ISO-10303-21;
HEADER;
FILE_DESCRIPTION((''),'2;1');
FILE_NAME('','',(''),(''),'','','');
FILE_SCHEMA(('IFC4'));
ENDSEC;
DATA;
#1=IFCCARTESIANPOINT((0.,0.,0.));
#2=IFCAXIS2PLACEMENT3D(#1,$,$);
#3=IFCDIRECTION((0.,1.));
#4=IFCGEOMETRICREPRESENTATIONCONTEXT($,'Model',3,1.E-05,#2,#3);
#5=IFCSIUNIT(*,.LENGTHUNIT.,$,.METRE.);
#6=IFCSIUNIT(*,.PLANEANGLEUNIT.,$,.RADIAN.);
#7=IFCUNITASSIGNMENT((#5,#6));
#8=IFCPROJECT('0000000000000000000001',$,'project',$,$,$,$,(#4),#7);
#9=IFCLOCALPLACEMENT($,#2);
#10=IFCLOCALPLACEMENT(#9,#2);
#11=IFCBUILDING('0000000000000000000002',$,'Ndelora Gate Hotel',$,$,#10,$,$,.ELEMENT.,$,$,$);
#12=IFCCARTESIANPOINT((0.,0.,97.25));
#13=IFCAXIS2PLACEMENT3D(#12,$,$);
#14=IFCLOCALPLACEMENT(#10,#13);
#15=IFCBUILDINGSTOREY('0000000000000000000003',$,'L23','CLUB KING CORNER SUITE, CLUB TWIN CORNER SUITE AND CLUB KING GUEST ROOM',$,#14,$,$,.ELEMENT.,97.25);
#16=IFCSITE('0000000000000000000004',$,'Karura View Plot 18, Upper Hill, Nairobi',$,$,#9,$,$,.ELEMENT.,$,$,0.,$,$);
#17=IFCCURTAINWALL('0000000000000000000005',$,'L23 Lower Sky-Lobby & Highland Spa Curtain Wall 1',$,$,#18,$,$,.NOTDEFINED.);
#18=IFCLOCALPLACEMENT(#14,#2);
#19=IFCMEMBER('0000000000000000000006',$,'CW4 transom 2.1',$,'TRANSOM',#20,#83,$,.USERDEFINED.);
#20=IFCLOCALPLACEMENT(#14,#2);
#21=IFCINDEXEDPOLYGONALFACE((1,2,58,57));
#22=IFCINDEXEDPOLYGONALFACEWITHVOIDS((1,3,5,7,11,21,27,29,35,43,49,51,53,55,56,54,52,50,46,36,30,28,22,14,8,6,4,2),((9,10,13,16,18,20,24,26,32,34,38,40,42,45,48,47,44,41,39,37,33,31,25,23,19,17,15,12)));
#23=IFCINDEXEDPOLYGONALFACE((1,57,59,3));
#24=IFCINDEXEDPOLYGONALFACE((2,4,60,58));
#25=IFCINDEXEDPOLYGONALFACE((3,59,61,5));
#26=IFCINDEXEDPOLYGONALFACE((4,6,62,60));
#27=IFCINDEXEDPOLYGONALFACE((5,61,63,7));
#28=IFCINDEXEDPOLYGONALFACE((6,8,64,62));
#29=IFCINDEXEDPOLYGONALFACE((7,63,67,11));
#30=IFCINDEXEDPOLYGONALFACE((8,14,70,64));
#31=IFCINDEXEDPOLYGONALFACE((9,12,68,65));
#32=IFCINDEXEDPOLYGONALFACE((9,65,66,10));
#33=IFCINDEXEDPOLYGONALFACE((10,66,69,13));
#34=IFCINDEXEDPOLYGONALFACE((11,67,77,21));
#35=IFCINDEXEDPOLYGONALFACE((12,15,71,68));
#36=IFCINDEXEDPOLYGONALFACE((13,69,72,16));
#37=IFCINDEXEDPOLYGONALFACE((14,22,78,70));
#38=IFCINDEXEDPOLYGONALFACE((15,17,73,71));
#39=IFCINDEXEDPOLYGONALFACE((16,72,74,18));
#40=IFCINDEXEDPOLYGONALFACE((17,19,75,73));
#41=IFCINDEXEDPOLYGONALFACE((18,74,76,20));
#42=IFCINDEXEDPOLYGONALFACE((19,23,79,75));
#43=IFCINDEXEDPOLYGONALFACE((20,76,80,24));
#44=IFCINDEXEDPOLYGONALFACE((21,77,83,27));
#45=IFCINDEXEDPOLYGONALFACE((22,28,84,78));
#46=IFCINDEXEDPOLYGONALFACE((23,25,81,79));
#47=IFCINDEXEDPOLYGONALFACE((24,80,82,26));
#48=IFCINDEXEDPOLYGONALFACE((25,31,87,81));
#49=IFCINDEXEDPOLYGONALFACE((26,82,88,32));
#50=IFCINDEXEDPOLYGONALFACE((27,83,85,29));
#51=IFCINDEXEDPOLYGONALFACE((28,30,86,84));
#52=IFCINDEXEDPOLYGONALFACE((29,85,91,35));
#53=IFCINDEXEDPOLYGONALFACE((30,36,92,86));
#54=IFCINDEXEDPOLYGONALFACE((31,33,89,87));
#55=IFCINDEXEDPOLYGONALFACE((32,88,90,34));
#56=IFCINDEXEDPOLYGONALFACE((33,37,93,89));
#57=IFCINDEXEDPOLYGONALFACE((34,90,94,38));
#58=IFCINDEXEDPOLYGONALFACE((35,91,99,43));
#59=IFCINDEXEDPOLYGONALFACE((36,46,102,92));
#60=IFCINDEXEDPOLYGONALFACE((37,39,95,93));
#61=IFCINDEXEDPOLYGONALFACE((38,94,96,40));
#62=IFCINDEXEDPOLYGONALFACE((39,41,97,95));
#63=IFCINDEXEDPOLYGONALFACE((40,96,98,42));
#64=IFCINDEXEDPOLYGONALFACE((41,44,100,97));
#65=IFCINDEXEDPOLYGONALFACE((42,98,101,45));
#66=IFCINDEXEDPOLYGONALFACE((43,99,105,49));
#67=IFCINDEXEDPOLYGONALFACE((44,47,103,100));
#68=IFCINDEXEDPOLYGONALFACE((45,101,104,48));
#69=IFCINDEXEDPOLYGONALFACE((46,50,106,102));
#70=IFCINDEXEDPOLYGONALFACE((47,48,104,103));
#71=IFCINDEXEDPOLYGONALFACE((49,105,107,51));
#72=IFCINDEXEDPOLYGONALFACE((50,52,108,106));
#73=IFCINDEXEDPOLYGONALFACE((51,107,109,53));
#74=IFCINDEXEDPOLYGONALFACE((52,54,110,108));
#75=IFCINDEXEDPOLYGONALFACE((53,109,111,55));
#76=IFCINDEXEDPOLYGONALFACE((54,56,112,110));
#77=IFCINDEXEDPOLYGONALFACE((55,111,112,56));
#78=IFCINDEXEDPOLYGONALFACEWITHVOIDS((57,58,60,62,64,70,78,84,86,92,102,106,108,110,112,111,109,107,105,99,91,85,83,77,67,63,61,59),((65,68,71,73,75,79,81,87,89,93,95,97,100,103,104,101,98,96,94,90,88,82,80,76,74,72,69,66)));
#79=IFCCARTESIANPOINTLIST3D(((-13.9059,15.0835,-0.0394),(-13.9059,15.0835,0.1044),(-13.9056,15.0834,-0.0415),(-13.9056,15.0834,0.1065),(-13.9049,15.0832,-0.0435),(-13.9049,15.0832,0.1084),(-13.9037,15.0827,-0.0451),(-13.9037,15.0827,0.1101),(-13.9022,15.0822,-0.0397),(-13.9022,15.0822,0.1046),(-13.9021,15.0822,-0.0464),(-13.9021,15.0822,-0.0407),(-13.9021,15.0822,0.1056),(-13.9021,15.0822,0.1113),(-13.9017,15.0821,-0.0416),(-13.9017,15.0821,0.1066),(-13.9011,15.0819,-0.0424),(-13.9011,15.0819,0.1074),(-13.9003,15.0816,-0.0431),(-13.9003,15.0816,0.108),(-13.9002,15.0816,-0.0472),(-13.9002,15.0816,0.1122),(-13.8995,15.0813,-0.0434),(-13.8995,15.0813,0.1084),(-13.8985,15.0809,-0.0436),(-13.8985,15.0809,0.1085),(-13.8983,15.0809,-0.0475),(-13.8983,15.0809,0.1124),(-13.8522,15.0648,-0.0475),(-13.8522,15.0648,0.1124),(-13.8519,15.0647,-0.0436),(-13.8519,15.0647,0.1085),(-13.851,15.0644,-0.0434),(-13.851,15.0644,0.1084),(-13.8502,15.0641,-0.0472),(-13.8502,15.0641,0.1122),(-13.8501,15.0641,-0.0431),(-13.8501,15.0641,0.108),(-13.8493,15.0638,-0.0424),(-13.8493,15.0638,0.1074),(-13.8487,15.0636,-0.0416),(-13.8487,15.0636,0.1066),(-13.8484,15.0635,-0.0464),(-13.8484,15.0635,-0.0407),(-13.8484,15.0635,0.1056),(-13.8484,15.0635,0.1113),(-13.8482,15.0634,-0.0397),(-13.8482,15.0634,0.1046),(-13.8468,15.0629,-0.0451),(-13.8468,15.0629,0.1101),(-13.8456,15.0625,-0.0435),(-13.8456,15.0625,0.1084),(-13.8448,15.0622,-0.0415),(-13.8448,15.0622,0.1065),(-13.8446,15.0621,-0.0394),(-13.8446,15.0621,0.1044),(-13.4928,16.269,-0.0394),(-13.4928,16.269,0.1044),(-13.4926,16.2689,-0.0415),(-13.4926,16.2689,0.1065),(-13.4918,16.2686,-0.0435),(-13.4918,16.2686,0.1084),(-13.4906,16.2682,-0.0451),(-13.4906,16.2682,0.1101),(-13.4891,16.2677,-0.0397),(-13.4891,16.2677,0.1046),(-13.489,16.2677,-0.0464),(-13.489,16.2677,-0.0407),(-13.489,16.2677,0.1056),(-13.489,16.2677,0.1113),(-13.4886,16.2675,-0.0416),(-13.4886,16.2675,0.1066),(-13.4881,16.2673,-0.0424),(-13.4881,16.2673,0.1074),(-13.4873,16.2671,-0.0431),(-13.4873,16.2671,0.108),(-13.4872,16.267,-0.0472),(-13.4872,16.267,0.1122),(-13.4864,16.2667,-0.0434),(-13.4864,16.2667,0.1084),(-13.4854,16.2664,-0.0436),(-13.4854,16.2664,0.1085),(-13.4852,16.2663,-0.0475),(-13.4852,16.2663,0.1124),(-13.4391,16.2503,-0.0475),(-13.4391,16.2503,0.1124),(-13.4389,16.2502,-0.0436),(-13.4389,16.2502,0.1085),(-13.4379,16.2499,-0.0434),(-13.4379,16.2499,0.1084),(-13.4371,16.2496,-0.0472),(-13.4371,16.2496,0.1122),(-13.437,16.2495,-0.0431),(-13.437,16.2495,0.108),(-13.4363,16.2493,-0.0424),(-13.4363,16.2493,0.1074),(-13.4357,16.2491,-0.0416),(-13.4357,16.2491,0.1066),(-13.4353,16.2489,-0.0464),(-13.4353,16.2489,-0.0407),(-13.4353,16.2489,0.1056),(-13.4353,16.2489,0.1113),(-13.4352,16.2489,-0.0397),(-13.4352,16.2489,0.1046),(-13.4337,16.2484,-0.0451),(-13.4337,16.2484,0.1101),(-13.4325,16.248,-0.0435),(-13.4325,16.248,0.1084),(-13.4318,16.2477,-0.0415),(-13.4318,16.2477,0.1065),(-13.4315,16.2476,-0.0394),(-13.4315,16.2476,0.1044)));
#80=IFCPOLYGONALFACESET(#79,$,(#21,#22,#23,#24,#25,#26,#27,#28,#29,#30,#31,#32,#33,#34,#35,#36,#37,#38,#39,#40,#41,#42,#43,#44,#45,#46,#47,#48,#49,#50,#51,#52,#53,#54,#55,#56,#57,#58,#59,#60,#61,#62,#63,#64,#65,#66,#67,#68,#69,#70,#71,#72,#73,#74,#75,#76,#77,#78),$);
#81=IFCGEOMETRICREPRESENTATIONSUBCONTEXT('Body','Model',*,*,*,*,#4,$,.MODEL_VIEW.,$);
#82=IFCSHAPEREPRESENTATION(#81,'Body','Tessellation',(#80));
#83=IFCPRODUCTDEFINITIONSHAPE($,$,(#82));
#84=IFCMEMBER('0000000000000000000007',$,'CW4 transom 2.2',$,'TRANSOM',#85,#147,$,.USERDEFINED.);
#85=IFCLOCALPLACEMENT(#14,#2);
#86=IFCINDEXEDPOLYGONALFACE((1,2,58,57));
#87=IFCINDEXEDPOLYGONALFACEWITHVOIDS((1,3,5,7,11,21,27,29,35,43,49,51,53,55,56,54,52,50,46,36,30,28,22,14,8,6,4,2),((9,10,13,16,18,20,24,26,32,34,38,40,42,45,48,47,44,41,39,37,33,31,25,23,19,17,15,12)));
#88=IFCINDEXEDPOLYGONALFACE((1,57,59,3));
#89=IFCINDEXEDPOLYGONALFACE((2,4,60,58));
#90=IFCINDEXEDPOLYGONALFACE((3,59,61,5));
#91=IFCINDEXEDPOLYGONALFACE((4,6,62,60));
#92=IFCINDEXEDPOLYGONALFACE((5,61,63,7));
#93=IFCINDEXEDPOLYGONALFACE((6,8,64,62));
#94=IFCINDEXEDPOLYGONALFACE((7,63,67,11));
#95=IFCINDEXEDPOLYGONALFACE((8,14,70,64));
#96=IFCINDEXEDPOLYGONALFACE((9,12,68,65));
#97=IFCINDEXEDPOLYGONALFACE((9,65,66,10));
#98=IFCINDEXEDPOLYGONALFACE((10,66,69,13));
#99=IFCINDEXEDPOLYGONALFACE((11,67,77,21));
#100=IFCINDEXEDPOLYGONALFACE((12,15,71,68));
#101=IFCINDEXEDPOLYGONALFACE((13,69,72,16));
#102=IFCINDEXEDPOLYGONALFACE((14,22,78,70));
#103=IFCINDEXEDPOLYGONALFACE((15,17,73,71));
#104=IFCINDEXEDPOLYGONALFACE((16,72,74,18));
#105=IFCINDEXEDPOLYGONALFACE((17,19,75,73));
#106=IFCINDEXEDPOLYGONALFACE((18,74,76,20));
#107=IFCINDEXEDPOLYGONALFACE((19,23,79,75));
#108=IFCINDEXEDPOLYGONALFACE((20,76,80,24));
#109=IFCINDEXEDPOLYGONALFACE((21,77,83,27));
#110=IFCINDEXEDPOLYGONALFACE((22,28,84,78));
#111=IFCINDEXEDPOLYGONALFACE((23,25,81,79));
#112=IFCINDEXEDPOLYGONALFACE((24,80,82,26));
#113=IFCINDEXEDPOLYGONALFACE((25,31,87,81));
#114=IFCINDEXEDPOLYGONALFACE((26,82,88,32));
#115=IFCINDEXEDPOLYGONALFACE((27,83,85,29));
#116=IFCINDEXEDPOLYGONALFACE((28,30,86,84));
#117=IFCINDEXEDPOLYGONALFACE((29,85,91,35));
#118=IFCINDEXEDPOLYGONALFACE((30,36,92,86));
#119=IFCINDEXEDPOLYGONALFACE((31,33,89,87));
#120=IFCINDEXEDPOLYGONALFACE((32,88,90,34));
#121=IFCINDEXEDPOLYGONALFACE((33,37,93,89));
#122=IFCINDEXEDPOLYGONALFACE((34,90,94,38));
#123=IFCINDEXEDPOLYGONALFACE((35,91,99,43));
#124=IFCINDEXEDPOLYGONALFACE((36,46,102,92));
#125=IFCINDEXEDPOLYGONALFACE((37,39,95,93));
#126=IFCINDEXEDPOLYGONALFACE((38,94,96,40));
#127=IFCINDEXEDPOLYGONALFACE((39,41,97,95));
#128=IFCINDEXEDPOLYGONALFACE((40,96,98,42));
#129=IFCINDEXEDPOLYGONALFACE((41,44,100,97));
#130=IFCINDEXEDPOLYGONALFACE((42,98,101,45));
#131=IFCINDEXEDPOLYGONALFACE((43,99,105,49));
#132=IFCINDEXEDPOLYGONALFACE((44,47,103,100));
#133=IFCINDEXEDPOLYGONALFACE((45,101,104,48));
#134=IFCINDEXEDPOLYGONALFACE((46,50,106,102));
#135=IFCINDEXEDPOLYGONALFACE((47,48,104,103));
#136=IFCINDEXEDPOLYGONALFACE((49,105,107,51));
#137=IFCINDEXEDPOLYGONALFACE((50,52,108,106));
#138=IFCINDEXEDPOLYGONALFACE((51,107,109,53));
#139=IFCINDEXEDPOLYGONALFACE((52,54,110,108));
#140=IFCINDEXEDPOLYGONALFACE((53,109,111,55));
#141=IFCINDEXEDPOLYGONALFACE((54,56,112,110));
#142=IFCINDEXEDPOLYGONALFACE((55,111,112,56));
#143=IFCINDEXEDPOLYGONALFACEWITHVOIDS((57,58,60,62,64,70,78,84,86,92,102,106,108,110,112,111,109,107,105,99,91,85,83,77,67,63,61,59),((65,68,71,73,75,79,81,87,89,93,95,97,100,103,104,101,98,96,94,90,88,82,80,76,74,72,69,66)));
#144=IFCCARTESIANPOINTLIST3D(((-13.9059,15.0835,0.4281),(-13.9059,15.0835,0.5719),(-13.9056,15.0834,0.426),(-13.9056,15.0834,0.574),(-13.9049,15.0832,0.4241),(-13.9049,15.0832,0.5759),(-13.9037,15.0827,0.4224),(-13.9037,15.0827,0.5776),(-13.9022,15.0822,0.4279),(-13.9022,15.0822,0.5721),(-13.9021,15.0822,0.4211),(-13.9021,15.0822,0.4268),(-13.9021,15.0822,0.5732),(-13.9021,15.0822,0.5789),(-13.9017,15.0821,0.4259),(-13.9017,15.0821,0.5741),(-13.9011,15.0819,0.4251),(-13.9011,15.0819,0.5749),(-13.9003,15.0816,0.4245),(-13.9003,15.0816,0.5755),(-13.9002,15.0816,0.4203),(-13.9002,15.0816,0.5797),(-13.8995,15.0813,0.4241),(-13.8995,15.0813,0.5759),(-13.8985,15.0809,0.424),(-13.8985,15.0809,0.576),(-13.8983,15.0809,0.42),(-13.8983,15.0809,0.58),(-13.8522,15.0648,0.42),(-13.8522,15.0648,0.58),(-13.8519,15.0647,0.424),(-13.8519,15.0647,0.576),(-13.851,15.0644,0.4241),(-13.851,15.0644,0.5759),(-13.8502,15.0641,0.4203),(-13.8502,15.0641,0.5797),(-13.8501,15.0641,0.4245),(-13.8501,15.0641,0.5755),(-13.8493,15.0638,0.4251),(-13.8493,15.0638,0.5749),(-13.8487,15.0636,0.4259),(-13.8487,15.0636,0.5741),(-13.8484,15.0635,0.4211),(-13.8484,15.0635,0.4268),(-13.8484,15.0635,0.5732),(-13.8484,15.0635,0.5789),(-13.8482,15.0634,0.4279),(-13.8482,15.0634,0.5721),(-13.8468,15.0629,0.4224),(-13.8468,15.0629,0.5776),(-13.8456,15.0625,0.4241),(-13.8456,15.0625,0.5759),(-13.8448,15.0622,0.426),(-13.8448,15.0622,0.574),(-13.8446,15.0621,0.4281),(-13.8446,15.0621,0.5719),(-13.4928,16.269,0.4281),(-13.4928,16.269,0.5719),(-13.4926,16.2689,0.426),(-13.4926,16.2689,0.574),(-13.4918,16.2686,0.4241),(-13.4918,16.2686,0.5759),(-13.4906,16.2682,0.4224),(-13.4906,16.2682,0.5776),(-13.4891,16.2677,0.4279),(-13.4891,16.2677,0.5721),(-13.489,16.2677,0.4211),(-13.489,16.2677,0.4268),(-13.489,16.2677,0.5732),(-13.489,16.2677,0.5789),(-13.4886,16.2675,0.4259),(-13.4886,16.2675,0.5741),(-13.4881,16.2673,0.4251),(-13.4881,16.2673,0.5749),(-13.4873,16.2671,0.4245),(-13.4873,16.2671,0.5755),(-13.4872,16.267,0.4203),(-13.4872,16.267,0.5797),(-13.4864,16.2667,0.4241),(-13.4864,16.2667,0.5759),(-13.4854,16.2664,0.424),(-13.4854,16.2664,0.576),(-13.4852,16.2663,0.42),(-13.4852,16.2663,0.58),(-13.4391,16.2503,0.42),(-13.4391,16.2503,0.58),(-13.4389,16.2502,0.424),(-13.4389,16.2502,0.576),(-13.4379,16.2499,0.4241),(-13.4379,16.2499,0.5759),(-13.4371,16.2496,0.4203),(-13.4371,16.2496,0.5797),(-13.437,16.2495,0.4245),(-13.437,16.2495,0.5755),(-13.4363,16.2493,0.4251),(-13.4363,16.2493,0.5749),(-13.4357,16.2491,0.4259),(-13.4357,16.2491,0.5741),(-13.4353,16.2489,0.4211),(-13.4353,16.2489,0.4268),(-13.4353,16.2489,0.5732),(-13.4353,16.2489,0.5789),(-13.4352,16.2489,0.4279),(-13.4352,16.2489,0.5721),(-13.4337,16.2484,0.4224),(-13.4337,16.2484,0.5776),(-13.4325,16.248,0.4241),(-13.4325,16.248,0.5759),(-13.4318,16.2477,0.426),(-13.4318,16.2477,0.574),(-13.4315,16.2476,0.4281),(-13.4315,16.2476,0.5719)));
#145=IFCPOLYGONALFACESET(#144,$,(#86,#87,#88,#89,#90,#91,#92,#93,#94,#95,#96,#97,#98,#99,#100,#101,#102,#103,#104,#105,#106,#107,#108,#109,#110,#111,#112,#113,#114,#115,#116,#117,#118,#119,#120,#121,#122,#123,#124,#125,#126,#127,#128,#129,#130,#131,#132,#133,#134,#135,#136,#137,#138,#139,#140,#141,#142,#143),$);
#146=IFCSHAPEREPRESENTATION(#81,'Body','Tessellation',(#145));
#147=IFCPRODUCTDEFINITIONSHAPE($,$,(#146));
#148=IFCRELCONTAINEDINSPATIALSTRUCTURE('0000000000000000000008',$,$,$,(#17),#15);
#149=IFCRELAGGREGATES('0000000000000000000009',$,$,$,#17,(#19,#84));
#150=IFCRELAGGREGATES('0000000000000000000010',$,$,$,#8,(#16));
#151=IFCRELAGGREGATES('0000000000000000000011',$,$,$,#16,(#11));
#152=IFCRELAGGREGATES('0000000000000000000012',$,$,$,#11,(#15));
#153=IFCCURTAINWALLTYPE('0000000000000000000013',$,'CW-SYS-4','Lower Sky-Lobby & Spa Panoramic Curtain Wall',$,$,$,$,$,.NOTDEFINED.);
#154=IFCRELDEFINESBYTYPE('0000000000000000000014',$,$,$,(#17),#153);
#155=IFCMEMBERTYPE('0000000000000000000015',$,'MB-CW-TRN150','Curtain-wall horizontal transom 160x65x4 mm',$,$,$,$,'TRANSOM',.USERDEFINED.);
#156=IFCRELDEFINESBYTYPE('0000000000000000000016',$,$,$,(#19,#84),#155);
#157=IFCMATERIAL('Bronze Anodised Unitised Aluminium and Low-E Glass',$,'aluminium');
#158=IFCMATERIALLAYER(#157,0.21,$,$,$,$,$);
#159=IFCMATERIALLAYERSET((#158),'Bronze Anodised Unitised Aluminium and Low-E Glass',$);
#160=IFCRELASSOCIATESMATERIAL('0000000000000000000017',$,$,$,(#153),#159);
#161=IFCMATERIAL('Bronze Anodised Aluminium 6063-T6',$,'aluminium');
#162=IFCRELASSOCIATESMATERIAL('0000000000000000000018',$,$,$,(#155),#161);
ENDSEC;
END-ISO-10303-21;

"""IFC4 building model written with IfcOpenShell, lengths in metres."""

from ifc_helpers import new_model, si_unit, direction, frame, origin, origin_2d, place, context, subcontext, project, spatial, hollow_rectangle, extrude, material, layer, layer_set, material_profile, profile_set, type_object, element, aggregate, save


model = new_model("IFC4")

# Units and contexts
model_context = context("Model", 3, precision=1e-05, world=origin(), true_north=direction((0.0, 1.0)))
body_context = subcontext(model_context, "Body", "Model", "MODEL_VIEW")
ifc_project = project(units=[si_unit("LENGTHUNIT", "METRE"), si_unit("PLANEANGLEUNIT", "RADIAN")], contexts=[model_context])

# Site, building, storey
site_placement = place(None, origin())
site = spatial("IfcSite", under=ifc_project, at=site_placement, Name="Karura View Plot 18, Upper Hill, Nairobi", CompositionType="ELEMENT", RefElevation=0.0)
building_placement = place(site_placement, origin())
building = spatial("IfcBuilding", under=site, at=building_placement, Name="Ndelora Gate Hotel", CompositionType="ELEMENT")
storey_placement = place(building_placement, frame((0.0, 0.0, 97.25)))
storey = spatial("IfcBuildingStorey", under=building, at=storey_placement, Name="L23", Description="CLUB KING CORNER SUITE, CLUB TWIN CORNER SUITE AND CLUB KING GUEST ROOM", CompositionType="ELEMENT", Elevation=97.25)

# Curtain wall, members
ifc_material_1 = material(Name="Bronze Anodised Unitised Aluminium and Low-E Glass", Category="aluminium")
ifc_layer_1 = layer(ifc_material_1, 0.21)
ifc_layer_set_1 = layer_set([ifc_layer_1], Name="Bronze Anodised Unitised Aluminium and Low-E Glass")
curtain_wall_type = type_object("IfcCurtainWallType", Name="CW-SYS-4", Description="Lower Sky-Lobby & Spa Panoramic Curtain Wall", PredefinedType="NOTDEFINED", material=ifc_layer_set_1)
curtain_wall_placement = place(storey_placement, origin())
curtain_wall = element("IfcCurtainWall", 1, at=curtain_wall_placement, inside=storey, type_object=curtain_wall_type, Name="L23 Lower Sky-Lobby & Highland Spa Curtain Wall 1", PredefinedType="NOTDEFINED")
ifc_material_2 = material(Name="Bronze Anodised Aluminium 6063-T6", Category="aluminium")
ifc_material_profile_1 = material_profile(ifc_material_2, hollow_rectangle(XDim=0.0649, YDim=0.1599, WallThickness=0.0039, InnerFilletRadius=0.0039, OuterFilletRadius=0.0081, at=origin_2d()), Name="ALU 160x65x4")
ifc_profile_set_1 = profile_set([ifc_material_profile_1], Name="Bronze Anodised Aluminium 6063-T6")
member_type_1 = type_object("IfcMemberType", Name="MB-CW-TRN150", Description="Curtain-wall horizontal transom 160x65x4 mm", ElementType="TRANSOM", PredefinedType="USERDEFINED", material=ifc_profile_set_1)
member_1_placement = place(storey_placement, frame((-13.4622, 16.2583, 0.0325), z_axis=(-0.329033, -0.944318, 0.0), x_axis=(0.944318, -0.329033, 0.0)))
member_1 = element("IfcMember", 2, at=member_1_placement, type_object=member_type_1, Name="CW4 transom 2.1", ObjectType="TRANSOM", PredefinedType="USERDEFINED", context=body_context, shape_type="SweptSolid", body=[
    extrude(hollow_rectangle(XDim=0.0649, YDim=0.1599, WallThickness=0.0039, InnerFilletRadius=0.0039, OuterFilletRadius=0.0081, at=origin_2d()), origin(), (0.0, 0.0, 1.0), 1.2554),
])
member_2_placement = place(storey_placement, frame((-13.4622, 16.2583, 0.5), z_axis=(-0.329033, -0.944318, 0.0), x_axis=(0.944318, -0.329033, 0.0)))
member_2 = element("IfcMember", 3, at=member_2_placement, type_object=member_type_1, Name="CW4 transom 2.2", ObjectType="TRANSOM", PredefinedType="USERDEFINED", context=body_context, shape_type="SweptSolid", body=[
    extrude(hollow_rectangle(XDim=0.0649, YDim=0.1599, WallThickness=0.0039, InnerFilletRadius=0.0039, OuterFilletRadius=0.0081, at=origin_2d()), origin(), (0.0, 0.0, 1.0), 1.2554),
])
aggregate(curtain_wall, [member_1, member_2])

save(model, "model.ifc")
